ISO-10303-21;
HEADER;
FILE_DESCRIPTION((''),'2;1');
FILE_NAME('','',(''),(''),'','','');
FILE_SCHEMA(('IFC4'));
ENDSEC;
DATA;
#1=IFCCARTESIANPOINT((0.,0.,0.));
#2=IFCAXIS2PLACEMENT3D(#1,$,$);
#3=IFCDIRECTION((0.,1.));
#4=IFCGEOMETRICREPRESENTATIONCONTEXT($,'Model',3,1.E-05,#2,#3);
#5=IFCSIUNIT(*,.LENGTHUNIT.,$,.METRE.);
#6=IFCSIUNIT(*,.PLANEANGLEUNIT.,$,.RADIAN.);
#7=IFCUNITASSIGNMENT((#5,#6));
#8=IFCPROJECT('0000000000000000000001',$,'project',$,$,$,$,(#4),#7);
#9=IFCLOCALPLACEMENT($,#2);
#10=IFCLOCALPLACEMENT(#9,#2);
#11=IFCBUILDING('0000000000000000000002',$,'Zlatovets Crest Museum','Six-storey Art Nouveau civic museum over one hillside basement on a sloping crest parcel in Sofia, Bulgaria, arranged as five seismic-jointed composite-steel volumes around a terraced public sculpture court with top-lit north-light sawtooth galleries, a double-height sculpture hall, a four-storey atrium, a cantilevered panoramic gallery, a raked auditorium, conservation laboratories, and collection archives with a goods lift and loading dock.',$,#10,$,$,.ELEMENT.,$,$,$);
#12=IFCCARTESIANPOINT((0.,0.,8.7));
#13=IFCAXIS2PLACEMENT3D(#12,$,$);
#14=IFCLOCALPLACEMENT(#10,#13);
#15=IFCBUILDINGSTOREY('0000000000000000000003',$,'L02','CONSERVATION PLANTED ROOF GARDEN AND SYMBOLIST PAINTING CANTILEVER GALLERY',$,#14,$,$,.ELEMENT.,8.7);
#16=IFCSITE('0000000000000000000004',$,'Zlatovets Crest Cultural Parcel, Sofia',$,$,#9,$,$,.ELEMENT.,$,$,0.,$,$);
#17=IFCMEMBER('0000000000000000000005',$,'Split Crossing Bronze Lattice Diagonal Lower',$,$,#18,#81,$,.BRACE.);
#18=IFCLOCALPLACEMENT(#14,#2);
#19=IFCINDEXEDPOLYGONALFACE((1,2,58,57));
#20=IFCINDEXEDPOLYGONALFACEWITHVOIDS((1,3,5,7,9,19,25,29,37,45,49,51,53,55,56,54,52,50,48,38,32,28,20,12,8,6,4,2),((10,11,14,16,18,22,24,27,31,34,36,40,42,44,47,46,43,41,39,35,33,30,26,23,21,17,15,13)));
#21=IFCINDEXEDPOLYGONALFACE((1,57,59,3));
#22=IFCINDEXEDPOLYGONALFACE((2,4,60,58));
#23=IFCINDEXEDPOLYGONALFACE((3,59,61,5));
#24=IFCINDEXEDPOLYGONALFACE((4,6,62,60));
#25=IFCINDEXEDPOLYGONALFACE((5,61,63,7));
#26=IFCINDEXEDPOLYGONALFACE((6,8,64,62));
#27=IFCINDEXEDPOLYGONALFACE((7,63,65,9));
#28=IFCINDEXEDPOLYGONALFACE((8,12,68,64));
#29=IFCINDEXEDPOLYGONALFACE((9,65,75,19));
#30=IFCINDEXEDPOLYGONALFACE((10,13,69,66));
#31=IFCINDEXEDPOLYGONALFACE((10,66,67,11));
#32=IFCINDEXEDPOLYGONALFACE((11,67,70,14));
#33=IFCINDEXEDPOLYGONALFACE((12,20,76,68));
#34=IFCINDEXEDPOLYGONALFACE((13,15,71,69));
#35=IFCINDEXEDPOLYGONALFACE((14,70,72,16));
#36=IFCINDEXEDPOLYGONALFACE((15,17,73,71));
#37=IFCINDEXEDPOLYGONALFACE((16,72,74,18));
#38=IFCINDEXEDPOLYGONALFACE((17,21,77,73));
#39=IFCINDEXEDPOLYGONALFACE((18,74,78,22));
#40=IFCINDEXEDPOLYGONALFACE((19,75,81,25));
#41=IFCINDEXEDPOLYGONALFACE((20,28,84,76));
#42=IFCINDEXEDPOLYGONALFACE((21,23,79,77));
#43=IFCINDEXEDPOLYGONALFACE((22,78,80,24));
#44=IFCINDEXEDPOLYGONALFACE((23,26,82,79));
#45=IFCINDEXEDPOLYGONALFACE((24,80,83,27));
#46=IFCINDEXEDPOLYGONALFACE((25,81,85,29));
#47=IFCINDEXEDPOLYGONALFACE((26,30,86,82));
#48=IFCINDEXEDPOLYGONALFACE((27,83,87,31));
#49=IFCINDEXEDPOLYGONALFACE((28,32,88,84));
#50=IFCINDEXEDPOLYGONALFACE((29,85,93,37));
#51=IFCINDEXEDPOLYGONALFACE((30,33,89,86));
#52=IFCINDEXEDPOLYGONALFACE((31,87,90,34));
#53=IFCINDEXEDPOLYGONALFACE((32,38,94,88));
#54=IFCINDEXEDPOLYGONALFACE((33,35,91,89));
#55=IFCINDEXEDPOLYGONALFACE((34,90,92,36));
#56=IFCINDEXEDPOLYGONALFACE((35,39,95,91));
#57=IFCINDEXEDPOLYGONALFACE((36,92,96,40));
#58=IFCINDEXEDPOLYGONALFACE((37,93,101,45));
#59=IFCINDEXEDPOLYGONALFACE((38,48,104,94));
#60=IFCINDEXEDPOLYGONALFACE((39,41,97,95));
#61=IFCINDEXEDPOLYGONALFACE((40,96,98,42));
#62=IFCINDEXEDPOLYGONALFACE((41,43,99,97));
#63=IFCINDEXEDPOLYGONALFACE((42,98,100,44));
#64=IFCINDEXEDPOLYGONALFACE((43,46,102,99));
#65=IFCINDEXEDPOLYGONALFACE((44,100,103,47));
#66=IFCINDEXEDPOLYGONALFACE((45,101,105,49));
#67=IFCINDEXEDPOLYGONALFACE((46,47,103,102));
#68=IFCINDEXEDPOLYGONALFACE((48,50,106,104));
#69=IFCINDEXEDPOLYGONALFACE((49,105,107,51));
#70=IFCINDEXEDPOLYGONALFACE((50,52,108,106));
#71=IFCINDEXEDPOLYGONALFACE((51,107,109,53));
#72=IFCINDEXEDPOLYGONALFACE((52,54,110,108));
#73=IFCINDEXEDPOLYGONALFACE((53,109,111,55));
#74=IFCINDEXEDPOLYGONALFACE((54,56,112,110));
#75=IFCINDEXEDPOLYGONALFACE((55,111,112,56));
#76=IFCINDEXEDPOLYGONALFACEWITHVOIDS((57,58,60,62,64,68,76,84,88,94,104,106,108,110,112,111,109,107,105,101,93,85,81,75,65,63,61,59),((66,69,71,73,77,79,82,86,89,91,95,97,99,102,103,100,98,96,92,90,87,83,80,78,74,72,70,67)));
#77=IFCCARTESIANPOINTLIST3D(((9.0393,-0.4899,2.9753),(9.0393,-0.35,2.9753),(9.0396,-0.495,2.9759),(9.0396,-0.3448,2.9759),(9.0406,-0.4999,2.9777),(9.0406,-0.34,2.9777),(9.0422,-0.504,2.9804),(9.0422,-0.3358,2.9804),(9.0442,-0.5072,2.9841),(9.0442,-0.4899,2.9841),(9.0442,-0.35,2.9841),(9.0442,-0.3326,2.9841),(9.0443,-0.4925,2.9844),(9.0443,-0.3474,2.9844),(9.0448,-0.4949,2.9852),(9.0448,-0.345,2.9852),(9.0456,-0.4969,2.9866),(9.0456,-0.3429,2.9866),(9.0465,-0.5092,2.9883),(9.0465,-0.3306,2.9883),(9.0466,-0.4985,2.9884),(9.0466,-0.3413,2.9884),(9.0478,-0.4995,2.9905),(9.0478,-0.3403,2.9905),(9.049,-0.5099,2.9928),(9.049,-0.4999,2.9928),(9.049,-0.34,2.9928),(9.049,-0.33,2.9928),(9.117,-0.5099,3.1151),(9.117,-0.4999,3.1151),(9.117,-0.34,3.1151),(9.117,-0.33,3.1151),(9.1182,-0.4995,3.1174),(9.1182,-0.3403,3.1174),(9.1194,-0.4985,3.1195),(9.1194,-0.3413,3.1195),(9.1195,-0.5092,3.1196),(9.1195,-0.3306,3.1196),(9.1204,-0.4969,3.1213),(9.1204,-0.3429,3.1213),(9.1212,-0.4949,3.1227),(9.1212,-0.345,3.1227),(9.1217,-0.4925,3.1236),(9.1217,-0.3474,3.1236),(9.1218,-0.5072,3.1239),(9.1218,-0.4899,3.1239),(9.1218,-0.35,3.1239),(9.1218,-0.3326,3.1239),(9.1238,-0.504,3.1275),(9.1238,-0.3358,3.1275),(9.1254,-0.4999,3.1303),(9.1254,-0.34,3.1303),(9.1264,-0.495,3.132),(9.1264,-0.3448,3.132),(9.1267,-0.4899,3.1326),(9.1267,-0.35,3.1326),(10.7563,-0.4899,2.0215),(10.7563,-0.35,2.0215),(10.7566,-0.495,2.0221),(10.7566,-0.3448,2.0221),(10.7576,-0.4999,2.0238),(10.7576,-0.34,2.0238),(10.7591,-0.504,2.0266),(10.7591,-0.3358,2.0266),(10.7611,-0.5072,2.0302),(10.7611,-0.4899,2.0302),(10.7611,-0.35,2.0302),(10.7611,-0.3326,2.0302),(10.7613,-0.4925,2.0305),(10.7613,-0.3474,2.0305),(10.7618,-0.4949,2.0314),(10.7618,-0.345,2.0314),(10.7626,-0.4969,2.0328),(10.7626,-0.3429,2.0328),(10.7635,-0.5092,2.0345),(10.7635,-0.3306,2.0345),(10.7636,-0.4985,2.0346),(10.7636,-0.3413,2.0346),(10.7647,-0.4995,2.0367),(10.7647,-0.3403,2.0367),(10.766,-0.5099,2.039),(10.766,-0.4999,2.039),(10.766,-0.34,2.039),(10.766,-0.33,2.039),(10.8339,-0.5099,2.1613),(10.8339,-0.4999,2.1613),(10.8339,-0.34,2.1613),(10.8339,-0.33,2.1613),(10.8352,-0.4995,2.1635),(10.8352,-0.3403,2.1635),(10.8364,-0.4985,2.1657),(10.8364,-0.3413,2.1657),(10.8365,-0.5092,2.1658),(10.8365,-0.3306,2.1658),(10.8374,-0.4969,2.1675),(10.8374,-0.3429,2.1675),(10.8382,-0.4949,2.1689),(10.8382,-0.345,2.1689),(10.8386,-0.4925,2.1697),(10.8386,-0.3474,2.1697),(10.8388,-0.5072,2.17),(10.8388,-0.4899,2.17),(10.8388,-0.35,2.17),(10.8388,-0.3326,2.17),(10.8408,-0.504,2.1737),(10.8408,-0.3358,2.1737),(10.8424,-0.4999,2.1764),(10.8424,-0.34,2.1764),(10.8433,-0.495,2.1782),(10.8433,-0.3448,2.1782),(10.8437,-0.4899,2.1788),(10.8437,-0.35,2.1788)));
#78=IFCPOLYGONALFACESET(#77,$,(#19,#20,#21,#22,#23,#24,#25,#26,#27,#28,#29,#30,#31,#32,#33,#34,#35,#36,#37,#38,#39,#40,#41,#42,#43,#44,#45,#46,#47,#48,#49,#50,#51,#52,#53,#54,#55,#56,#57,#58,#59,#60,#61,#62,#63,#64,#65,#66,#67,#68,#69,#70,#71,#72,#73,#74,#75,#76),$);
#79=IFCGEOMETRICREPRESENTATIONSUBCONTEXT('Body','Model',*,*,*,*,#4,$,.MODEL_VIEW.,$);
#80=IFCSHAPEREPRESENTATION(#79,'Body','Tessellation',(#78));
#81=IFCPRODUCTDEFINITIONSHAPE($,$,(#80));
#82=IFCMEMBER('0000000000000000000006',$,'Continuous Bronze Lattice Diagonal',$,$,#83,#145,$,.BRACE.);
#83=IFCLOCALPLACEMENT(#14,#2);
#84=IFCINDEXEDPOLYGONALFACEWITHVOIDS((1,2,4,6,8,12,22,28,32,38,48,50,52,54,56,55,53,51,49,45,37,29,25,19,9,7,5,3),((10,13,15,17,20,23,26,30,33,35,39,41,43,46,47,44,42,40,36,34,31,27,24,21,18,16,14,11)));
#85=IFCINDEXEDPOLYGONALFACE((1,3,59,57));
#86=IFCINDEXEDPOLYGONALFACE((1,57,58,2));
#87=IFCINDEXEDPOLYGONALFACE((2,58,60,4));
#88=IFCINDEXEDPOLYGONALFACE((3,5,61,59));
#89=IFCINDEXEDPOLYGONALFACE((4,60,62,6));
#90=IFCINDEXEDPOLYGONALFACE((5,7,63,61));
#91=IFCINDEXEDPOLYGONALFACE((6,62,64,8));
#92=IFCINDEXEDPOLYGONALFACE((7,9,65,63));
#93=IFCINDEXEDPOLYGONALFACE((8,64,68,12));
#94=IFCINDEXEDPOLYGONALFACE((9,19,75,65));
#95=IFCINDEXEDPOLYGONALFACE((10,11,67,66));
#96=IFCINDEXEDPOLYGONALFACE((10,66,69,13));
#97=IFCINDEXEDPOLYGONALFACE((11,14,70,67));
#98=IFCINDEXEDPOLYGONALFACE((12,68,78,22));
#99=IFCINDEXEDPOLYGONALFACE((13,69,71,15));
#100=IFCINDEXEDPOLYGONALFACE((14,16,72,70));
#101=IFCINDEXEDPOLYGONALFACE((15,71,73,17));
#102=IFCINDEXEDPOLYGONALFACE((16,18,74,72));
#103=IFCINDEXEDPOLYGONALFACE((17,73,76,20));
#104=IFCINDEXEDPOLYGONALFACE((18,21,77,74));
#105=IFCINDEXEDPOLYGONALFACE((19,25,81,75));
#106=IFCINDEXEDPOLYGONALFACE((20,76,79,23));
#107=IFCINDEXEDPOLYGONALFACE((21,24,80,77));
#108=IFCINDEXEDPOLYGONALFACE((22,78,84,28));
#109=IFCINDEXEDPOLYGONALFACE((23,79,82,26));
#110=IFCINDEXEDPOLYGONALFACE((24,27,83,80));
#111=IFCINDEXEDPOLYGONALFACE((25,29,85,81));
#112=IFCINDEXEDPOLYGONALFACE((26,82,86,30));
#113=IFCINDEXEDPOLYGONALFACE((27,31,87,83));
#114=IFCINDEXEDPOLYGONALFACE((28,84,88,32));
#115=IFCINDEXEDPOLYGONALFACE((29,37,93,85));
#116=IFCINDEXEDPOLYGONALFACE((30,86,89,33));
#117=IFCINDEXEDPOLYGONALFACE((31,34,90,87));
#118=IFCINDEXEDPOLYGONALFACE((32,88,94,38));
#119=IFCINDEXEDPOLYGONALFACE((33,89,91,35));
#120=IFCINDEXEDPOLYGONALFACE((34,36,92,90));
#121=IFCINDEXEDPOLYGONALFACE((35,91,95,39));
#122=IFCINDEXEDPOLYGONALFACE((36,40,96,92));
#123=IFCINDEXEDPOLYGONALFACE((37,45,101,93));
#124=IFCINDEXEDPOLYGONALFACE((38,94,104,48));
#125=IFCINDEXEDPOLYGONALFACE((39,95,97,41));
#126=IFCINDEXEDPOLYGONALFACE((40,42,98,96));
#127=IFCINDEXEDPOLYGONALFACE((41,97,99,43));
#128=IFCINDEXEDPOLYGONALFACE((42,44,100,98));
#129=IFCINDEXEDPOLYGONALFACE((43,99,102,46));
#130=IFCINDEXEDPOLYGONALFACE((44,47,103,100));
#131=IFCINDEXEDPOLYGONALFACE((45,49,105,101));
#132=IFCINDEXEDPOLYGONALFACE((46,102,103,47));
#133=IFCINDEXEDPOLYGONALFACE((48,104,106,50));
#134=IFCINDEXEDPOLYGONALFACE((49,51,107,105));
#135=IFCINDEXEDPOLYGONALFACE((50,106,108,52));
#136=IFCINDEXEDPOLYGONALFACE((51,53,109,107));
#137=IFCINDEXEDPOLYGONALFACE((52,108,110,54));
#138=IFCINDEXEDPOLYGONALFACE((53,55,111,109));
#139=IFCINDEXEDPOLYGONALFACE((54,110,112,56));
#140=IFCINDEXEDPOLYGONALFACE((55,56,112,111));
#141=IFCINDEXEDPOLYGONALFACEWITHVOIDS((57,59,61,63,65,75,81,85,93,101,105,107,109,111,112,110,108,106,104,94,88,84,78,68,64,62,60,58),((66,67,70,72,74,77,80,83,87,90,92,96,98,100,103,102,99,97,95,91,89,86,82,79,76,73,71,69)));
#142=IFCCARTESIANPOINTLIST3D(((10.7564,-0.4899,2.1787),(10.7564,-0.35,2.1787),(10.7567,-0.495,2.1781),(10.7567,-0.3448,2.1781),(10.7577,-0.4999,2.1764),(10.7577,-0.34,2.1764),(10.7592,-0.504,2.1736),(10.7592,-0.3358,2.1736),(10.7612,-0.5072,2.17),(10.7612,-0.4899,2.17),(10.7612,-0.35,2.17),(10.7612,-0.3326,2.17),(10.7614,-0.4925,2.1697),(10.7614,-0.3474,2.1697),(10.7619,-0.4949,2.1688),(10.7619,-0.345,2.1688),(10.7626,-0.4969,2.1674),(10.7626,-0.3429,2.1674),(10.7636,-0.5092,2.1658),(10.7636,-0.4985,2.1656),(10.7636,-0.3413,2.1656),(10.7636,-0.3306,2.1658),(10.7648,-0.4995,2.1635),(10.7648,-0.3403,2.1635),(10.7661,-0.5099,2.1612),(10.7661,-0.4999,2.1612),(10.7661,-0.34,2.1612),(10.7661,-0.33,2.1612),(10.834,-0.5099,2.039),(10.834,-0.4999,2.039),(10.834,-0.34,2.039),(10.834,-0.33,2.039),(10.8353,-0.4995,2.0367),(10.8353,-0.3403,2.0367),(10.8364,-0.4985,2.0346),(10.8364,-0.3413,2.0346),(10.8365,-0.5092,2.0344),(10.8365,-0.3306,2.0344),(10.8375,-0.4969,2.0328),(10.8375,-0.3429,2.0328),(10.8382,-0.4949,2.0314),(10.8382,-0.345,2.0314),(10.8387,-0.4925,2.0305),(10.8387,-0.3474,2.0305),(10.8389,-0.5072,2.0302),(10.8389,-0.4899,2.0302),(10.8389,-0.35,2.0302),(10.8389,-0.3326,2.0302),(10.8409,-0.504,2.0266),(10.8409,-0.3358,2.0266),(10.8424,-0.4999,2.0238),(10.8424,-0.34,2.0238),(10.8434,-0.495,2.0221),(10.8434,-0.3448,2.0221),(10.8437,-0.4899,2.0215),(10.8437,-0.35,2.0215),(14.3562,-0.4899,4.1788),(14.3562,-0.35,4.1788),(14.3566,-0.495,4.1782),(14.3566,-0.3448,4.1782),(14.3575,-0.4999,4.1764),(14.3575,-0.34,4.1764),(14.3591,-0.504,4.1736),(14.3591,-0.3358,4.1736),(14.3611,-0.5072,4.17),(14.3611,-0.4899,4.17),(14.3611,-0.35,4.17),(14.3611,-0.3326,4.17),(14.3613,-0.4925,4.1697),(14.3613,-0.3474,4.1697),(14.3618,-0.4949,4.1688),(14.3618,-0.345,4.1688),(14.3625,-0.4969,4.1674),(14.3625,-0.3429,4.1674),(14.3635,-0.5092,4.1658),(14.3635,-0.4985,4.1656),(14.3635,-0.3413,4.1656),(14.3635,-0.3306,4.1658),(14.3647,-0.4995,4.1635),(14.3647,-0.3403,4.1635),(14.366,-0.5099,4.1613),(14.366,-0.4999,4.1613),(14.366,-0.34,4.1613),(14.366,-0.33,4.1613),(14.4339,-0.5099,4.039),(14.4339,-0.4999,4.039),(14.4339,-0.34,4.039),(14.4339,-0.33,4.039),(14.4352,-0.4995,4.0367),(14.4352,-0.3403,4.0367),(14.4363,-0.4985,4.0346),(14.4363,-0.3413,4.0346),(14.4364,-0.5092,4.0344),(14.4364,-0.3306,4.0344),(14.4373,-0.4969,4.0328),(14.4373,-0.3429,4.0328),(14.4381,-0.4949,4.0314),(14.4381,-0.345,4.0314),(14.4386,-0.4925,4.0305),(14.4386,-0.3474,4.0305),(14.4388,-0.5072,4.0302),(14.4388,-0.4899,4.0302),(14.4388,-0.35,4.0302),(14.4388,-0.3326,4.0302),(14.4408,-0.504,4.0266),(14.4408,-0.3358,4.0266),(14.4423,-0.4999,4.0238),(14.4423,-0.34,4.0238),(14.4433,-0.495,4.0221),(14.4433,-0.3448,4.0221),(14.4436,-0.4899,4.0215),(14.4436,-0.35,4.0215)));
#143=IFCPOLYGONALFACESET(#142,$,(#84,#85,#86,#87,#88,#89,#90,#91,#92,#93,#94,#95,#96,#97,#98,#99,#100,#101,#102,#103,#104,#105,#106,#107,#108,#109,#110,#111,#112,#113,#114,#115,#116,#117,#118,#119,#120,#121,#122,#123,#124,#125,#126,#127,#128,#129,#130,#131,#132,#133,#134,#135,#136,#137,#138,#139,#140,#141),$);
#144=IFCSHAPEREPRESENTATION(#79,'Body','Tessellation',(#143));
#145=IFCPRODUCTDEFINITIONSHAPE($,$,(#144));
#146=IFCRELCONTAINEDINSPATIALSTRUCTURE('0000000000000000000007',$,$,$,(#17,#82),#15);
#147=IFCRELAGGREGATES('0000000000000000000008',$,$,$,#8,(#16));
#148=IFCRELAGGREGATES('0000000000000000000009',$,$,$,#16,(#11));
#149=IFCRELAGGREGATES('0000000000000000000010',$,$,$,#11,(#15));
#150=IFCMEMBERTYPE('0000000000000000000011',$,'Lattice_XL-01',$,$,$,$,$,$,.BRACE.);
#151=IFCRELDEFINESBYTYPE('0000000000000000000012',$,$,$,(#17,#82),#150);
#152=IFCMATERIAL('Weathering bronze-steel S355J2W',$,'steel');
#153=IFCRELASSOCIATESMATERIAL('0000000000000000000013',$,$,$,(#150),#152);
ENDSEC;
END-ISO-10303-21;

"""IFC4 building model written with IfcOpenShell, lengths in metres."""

from ifc_helpers import new_model, si_unit, direction, frame, origin, origin_2d, place, context, subcontext, project, spatial, hollow_rectangle, extrude, material, material_profile, profile_set, type_object, element, save


model = new_model("IFC4")

# Units and contexts
model_context = context("Model", 3, precision=1e-05, world=origin(), true_north=direction((0.0, 1.0)))
body_context = subcontext(model_context, "Body", "Model", "MODEL_VIEW")
ifc_project = project(units=[si_unit("LENGTHUNIT", "METRE"), si_unit("PLANEANGLEUNIT", "RADIAN")], contexts=[model_context])

# Site, building, storey
site_placement = place(None, origin())
site = spatial("IfcSite", under=ifc_project, at=site_placement, Name="Zlatovets Crest Cultural Parcel, Sofia", CompositionType="ELEMENT", RefElevation=0.0)
building_placement = place(site_placement, origin())
building = spatial("IfcBuilding", under=site, at=building_placement, Name="Zlatovets Crest Museum", Description="Six-storey Art Nouveau civic museum over one hillside basement on a sloping crest parcel in Sofia, Bulgaria, arranged as five seismic-jointed composite-steel volumes around a terraced public sculpture court with top-lit north-light sawtooth galleries, a double-height sculpture hall, a four-storey atrium, a cantilevered panoramic gallery, a raked auditorium, conservation laboratories, and collection archives with a goods lift and loading dock.", CompositionType="ELEMENT")
storey_placement = place(building_placement, frame((0.0, 0.0, 8.7)))
storey = spatial("IfcBuildingStorey", under=building, at=storey_placement, Name="L02", Description="CONSERVATION PLANTED ROOF GARDEN AND SYMBOLIST PAINTING CANTILEVER GALLERY", CompositionType="ELEMENT", Elevation=8.7)

# Members
ifc_material_1 = material(Name="Weathering bronze-steel S355J2W", Category="steel")
ifc_material_profile_1 = material_profile(ifc_material_1, hollow_rectangle(XDim=0.1799, YDim=0.1799, WallThickness=0.01, InnerFilletRadius=0.01, OuterFilletRadius=0.02, at=origin_2d()), Name="SHS 180x180x10.0")
ifc_profile_set_1 = profile_set([ifc_material_profile_1], Name="Weathering bronze-steel S355J2W")
member_type_1 = type_object("IfcMemberType", Name="Lattice_XL-01", PredefinedType="BRACE", material=ifc_profile_set_1)
for number, where, z_axis, x_axis, name in (
    (1, (9.083, -0.4199, 3.054), (0.874169, 0.0, -0.485622), (0.0, 1.0, 0.0), "Split Crossing Bronze Lattice Diagonal Lower"),
):
    element("IfcMember", number, at=place(storey_placement, frame(where, z_axis=z_axis, x_axis=x_axis)), inside=storey, type_object=member_type_1, Name=name, PredefinedType="BRACE", context=body_context, shape_type="SweptSolid", body=[
        extrude(hollow_rectangle(XDim=0.1799, YDim=0.1799, WallThickness=0.01, InnerFilletRadius=0.01, OuterFilletRadius=0.02, at=origin_2d()), origin(), (0.0, 0.0, 1.0), 1.9641),
    ])
member_1_placement = place(storey_placement, frame((10.8, -0.4199, 2.1001), z_axis=(0.874149, 0.0, 0.485658), x_axis=(0.0, 1.0, 0.0)))
element("IfcMember", 2, at=member_1_placement, inside=storey, type_object=member_type_1, Name="Continuous Bronze Lattice Diagonal", PredefinedType="BRACE", context=body_context, shape_type="SweptSolid", body=[
    extrude(hollow_rectangle(XDim=0.1799, YDim=0.1799, WallThickness=0.01, InnerFilletRadius=0.01, OuterFilletRadius=0.02, at=origin_2d()), origin(), (0.0, 0.0, 1.0), 4.1182),
])

save(model, "model.ifc")
